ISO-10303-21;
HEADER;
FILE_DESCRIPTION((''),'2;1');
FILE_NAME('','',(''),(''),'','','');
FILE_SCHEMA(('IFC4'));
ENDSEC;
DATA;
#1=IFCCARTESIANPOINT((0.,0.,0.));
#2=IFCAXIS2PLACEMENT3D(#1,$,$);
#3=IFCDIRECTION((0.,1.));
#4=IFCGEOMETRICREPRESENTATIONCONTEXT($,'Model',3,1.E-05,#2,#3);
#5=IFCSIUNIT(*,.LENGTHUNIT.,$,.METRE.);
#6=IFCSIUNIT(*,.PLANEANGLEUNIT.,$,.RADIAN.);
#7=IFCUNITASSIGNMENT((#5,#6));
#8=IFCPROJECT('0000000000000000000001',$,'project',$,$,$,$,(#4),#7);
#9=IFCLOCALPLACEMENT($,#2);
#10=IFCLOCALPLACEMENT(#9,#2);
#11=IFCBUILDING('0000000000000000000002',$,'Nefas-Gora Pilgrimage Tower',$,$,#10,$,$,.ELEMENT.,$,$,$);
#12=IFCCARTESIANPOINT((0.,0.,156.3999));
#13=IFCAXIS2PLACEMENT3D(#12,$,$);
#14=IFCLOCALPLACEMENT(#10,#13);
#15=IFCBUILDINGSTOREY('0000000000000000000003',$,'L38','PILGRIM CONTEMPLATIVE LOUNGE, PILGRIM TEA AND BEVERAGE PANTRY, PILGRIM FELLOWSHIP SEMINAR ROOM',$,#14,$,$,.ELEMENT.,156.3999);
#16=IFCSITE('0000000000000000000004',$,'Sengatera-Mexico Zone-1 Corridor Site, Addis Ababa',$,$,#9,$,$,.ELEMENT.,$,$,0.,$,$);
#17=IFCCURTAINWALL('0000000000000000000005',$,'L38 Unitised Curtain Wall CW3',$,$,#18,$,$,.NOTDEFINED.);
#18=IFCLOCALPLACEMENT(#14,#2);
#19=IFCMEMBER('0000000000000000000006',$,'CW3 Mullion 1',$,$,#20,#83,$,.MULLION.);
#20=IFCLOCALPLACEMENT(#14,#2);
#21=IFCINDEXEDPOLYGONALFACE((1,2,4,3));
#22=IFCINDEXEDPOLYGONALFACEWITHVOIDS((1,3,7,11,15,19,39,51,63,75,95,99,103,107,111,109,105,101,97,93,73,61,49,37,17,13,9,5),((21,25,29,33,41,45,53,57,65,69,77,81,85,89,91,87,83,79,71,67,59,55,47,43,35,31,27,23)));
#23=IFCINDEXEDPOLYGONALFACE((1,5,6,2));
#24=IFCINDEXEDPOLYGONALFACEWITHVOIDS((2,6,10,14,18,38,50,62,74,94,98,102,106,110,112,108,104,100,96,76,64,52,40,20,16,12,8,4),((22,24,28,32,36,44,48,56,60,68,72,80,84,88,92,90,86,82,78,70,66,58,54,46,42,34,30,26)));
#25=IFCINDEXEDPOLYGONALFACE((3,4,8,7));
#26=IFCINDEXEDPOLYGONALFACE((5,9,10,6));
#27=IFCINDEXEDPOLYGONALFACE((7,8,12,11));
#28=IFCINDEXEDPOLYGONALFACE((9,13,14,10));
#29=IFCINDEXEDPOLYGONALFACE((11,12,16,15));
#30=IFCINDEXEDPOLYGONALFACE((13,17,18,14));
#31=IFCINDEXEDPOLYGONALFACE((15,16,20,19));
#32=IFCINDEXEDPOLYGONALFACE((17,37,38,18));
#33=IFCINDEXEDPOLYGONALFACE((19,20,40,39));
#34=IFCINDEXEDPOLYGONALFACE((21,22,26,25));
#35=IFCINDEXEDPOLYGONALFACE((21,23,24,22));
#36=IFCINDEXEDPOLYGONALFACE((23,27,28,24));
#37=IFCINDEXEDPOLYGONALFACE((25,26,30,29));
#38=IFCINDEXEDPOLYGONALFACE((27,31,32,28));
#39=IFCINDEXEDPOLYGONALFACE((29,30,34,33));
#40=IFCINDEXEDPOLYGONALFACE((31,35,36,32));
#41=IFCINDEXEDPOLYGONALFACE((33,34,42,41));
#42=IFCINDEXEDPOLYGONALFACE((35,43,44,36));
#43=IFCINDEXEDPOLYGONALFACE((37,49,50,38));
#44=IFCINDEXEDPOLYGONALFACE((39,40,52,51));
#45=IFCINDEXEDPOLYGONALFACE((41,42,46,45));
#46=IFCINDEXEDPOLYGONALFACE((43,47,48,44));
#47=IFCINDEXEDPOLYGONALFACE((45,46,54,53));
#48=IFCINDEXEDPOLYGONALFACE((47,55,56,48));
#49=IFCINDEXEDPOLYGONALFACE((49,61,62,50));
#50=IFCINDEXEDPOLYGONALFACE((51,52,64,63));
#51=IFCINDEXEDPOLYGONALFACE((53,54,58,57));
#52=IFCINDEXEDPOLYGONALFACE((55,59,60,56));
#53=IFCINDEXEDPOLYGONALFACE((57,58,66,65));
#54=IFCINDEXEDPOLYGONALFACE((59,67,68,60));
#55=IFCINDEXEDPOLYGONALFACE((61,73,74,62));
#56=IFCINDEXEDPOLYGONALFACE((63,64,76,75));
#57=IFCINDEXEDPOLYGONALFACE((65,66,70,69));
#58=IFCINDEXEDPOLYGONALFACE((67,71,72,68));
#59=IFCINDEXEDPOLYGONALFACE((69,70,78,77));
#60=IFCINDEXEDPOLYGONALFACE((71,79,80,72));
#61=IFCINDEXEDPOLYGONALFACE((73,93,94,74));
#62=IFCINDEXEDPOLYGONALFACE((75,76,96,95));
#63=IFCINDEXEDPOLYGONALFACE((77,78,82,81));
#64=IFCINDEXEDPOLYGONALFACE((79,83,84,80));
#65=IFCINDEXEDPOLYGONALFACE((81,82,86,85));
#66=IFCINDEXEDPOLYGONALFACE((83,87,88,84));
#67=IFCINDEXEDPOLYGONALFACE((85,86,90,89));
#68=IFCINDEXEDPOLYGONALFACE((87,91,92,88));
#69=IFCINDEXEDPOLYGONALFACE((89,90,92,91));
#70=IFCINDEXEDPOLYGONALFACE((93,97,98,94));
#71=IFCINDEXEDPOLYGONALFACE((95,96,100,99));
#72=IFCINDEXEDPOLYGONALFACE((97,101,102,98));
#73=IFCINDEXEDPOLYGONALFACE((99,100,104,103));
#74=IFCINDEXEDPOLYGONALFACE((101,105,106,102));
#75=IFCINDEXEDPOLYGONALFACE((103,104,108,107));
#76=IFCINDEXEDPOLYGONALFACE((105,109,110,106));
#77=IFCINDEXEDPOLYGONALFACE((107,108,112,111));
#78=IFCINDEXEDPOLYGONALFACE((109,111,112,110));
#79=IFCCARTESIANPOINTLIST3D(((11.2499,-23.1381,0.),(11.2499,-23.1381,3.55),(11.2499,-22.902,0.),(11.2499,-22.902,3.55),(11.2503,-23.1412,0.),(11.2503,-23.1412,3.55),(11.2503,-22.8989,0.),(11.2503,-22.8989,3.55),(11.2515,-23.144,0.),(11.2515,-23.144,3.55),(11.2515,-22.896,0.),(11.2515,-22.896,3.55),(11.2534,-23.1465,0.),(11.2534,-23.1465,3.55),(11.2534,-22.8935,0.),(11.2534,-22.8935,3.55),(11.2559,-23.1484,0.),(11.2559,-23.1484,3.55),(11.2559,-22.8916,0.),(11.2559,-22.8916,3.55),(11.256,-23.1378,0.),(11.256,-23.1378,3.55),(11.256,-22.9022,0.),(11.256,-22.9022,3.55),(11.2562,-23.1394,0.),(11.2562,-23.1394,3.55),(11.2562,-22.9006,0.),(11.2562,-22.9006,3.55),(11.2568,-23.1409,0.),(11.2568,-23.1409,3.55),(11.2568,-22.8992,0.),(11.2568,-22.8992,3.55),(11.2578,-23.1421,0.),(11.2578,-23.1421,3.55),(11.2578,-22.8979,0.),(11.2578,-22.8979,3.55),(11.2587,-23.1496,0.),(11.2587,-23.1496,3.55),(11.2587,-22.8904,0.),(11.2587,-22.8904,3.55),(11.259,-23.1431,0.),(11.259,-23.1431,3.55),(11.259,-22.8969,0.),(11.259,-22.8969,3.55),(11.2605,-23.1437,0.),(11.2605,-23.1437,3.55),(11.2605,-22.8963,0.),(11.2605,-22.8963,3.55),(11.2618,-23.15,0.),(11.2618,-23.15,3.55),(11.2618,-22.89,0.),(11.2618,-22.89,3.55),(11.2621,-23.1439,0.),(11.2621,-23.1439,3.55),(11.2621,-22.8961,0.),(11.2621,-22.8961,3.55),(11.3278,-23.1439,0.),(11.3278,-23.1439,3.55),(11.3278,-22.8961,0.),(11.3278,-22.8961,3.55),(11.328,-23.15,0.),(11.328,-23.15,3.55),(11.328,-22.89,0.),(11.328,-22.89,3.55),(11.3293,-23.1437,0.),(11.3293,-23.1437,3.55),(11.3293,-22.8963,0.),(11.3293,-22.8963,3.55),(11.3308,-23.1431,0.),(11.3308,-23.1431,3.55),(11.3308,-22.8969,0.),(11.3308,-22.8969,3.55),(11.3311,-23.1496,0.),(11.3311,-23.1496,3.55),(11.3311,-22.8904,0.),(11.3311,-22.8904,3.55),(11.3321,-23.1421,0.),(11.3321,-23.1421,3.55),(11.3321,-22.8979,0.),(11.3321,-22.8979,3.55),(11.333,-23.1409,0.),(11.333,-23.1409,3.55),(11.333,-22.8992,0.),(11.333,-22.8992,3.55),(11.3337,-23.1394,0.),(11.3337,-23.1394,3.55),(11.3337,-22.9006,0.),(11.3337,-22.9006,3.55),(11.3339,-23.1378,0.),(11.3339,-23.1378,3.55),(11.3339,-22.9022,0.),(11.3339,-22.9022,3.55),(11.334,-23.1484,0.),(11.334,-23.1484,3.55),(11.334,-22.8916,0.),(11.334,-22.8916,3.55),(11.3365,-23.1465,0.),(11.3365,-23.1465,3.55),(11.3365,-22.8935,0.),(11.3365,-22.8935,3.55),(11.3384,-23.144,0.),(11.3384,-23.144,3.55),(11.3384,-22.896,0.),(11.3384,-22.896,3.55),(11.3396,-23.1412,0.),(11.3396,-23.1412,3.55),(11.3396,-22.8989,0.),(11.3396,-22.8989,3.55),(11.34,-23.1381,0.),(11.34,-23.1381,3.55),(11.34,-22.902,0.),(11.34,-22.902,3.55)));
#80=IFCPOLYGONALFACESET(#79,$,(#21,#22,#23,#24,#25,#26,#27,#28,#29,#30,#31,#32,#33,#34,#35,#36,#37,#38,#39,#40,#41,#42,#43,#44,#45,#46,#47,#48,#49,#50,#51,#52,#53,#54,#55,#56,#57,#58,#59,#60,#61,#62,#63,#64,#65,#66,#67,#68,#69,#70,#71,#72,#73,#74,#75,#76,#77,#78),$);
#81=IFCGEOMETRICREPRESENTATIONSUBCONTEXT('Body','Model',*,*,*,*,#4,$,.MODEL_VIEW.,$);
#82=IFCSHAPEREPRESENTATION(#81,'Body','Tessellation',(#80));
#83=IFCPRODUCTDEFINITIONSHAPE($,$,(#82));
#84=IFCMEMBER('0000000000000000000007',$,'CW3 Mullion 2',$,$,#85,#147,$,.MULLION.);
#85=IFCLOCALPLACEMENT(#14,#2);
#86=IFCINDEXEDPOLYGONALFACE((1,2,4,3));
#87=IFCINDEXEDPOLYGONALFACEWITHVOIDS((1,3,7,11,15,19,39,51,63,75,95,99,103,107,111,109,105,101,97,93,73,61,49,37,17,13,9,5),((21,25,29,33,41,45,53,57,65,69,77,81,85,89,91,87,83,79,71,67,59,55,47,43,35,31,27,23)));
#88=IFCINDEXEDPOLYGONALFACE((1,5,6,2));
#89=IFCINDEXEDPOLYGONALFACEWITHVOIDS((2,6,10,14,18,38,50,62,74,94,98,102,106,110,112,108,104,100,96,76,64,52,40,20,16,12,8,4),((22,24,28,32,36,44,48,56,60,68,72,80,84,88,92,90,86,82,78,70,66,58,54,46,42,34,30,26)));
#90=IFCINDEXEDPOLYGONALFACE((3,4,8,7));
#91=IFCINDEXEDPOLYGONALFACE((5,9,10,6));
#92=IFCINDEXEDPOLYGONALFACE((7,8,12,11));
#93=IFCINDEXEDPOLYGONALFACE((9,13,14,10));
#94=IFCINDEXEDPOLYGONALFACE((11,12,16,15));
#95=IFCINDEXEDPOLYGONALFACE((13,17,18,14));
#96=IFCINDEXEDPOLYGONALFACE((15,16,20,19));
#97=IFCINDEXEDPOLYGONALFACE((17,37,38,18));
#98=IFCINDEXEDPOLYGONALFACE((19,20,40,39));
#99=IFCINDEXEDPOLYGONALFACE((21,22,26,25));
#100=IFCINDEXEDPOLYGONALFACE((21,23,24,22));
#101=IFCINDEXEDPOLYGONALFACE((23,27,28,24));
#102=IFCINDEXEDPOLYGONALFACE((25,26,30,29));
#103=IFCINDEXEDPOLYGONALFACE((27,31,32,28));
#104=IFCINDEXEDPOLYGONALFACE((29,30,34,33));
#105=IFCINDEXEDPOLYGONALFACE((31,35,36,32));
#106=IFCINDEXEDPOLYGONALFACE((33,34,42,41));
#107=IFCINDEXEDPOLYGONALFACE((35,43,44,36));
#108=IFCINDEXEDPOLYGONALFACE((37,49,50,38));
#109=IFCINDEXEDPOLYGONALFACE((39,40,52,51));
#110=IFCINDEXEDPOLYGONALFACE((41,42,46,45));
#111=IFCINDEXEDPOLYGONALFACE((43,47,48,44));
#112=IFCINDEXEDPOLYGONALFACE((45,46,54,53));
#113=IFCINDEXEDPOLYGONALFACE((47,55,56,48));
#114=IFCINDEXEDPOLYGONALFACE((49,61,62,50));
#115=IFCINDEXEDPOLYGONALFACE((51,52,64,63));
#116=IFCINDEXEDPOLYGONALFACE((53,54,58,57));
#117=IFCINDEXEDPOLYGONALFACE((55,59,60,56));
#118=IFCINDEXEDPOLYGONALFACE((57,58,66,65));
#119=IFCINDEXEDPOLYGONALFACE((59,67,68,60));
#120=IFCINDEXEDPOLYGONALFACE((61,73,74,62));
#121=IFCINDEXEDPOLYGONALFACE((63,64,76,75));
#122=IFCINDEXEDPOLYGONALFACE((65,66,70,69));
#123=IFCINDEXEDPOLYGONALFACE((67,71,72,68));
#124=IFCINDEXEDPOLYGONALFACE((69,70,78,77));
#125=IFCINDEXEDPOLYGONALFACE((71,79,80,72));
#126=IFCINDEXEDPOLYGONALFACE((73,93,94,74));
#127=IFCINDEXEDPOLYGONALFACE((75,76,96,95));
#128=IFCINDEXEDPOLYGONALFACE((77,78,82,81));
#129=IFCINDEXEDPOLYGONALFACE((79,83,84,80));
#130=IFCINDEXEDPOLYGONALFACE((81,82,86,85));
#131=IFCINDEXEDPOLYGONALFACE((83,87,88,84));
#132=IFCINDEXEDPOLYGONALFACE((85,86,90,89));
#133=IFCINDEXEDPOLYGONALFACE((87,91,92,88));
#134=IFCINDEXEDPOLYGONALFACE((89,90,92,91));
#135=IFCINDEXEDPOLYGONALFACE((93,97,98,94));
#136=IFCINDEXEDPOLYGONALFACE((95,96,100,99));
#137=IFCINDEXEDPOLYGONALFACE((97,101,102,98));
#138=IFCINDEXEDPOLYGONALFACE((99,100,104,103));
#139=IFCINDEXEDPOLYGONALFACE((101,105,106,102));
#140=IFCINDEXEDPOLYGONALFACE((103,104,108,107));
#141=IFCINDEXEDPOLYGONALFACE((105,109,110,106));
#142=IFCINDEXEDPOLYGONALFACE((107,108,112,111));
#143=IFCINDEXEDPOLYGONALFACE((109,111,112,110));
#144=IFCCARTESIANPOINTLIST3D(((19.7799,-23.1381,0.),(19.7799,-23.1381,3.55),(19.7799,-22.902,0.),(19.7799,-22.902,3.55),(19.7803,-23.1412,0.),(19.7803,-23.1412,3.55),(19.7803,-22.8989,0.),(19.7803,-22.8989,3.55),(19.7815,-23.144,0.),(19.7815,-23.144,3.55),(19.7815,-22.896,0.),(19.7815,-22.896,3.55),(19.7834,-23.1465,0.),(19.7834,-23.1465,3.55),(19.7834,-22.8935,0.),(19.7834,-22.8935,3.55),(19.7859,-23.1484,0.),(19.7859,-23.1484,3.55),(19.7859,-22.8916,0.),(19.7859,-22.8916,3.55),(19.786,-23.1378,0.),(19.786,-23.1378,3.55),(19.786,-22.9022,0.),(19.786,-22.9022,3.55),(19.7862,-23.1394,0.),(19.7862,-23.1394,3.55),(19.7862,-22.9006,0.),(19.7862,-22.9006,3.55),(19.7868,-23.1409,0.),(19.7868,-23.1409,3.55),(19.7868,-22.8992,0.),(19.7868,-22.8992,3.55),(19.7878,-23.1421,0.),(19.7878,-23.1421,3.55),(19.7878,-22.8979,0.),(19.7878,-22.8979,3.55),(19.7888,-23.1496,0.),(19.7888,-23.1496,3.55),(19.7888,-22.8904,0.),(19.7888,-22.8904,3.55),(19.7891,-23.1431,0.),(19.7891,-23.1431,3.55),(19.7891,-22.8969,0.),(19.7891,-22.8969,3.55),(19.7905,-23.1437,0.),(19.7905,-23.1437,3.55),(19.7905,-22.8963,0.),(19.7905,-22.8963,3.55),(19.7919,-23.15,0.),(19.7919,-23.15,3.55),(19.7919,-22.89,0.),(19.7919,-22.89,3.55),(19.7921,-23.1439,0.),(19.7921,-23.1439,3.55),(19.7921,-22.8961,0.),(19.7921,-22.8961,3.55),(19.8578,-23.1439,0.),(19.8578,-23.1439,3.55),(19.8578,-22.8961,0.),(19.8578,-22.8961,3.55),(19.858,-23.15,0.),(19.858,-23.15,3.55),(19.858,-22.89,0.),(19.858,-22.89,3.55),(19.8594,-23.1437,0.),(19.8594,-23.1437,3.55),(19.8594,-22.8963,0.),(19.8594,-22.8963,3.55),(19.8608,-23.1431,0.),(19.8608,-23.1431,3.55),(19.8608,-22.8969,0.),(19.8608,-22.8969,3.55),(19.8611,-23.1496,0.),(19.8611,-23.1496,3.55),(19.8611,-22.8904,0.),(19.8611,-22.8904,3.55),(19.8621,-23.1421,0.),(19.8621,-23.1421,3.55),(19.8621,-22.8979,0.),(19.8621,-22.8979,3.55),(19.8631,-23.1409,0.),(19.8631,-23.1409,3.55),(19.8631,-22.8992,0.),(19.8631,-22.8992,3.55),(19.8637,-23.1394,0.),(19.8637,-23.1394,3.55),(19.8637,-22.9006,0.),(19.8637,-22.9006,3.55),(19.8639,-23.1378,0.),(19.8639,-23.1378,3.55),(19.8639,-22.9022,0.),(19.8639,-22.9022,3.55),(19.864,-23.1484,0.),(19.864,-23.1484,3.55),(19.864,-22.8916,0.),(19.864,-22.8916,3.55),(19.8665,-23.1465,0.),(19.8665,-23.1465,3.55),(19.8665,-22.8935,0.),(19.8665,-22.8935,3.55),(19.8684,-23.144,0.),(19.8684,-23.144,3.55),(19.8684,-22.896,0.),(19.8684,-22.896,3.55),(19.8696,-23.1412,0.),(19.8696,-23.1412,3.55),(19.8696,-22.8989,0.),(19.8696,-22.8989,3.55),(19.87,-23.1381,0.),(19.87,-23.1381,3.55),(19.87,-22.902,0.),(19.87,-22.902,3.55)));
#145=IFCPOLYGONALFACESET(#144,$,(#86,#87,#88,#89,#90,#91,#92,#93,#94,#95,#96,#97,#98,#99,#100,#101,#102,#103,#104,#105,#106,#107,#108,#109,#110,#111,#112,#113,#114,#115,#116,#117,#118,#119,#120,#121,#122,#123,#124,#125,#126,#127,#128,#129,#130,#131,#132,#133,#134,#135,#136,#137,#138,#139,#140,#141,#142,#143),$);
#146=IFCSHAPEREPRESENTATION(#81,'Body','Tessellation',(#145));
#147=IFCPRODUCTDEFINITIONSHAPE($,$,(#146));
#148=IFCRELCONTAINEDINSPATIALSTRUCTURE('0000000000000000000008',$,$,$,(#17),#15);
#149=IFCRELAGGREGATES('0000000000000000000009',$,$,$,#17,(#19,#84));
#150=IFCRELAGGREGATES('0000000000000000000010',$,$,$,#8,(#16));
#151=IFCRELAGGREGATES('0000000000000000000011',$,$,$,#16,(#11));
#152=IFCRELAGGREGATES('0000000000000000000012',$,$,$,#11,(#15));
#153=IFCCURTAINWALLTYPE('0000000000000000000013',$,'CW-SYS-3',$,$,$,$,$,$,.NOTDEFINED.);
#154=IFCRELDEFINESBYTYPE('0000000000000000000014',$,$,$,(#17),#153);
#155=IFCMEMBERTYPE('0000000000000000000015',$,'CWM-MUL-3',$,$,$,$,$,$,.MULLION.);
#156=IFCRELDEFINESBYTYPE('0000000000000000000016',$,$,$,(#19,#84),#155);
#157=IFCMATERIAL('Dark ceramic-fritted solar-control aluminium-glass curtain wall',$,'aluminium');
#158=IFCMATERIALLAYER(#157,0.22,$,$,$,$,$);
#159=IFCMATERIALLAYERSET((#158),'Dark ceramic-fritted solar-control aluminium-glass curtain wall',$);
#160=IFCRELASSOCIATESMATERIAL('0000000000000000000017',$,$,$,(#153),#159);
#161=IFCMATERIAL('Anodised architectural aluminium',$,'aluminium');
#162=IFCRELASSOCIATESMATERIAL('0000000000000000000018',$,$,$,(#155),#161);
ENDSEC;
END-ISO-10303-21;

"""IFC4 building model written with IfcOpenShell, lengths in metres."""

from ifc_helpers import new_model, si_unit, direction, frame, origin, origin_2d, place, context, subcontext, project, spatial, hollow_rectangle, extrude, source, transform, mapped, material, layer, layer_set, material_profile, profile_set, type_object, element, aggregate, save


model = new_model("IFC4")

# Units and contexts
model_context = context("Model", 3, precision=1e-05, world=origin(), true_north=direction((0.0, 1.0)))
body_context = subcontext(model_context, "Body", "Model", "MODEL_VIEW")
ifc_project = project(units=[si_unit("LENGTHUNIT", "METRE"), si_unit("PLANEANGLEUNIT", "RADIAN")], contexts=[model_context])

# Site, building, storey
site_placement = place(None, origin())
site = spatial("IfcSite", under=ifc_project, at=site_placement, Name="Sengatera-Mexico Zone-1 Corridor Site, Addis Ababa", CompositionType="ELEMENT", RefElevation=0.0)
building_placement = place(site_placement, origin())
building = spatial("IfcBuilding", under=site, at=building_placement, Name="Nefas-Gora Pilgrimage Tower", CompositionType="ELEMENT")
storey_placement = place(building_placement, frame((0.0, 0.0, 156.3999)))
storey = spatial("IfcBuildingStorey", under=building, at=storey_placement, Name="L38", Description="PILGRIM CONTEMPLATIVE LOUNGE, PILGRIM TEA AND BEVERAGE PANTRY, PILGRIM FELLOWSHIP SEMINAR ROOM", CompositionType="ELEMENT", Elevation=156.3999)

# Curtain wall, members
ifc_material_1 = material(Name="Dark ceramic-fritted solar-control aluminium-glass curtain wall", Category="aluminium")
ifc_layer_1 = layer(ifc_material_1, 0.22)
ifc_layer_set_1 = layer_set([ifc_layer_1], Name="Dark ceramic-fritted solar-control aluminium-glass curtain wall")
curtain_wall_type = type_object("IfcCurtainWallType", Name="CW-SYS-3", PredefinedType="NOTDEFINED", material=ifc_layer_set_1)
curtain_wall_1_placement = place(storey_placement, origin())
curtain_wall_1 = element("IfcCurtainWall", 1, at=curtain_wall_1_placement, inside=storey, type_object=curtain_wall_type, Name="L38 Unitised Curtain Wall CW3", PredefinedType="NOTDEFINED")
ifc_material_2 = material(Name="Anodised architectural aluminium", Category="aluminium")
ifc_material_profile_1 = material_profile(ifc_material_2, hollow_rectangle(XDim=0.0901, YDim=0.26, WallThickness=0.0061, InnerFilletRadius=0.0061, OuterFilletRadius=0.012, at=origin_2d()), Name="ALU MULLION 90x260")
ifc_profile_set_1 = profile_set([ifc_material_profile_1], Name="Anodised architectural aluminium")
member_type_1 = type_object("IfcMemberType", Name="CWM-MUL-3", PredefinedType="MULLION", material=ifc_profile_set_1)
shared_shape_1 = source(origin(), body_context, "Body", "SweptSolid", [
    extrude(hollow_rectangle(XDim=0.0901, YDim=0.26, WallThickness=0.0061, InnerFilletRadius=0.0061, OuterFilletRadius=0.012, at=origin_2d()), origin(), (0.0, 0.0, 1.0), 3.55),
])
member_1_placement = place(storey_placement, frame((11.2949, -23.02, 0.0), z_axis=(0.0, 0.0, 1.0), x_axis=(1.0, 0.0, 0.0)))
member_1 = element("IfcMember", 2, at=member_1_placement, type_object=member_type_1, Name="CW3 Mullion 1", PredefinedType="MULLION", context=body_context, shape_type="MappedRepresentation", body=[
    mapped(shared_shape_1, transform((0.0, 0.0, 0.0), x_axis=(1.0, 0.0, 0.0), y_axis=(0.0, 1.0, 0.0), z_axis=(0.0, 0.0, 1.0), scale=1.0)),
])
member_2_placement = place(storey_placement, frame((19.825, -23.02, 0.0), z_axis=(0.0, 0.0, 1.0), x_axis=(1.0, 0.0, 0.0)))
member_2 = element("IfcMember", 3, at=member_2_placement, type_object=member_type_1, Name="CW3 Mullion 2", PredefinedType="MULLION", context=body_context, shape_type="MappedRepresentation", body=[
    mapped(shared_shape_1, transform((0.0, 0.0, 0.0), x_axis=(1.0, 0.0, 0.0), y_axis=(0.0, 1.0, 0.0), z_axis=(0.0, 0.0, 1.0), scale=1.0)),
])

aggregate(curtain_wall_1, [member_1, member_2])

save(model, "model.ifc")
